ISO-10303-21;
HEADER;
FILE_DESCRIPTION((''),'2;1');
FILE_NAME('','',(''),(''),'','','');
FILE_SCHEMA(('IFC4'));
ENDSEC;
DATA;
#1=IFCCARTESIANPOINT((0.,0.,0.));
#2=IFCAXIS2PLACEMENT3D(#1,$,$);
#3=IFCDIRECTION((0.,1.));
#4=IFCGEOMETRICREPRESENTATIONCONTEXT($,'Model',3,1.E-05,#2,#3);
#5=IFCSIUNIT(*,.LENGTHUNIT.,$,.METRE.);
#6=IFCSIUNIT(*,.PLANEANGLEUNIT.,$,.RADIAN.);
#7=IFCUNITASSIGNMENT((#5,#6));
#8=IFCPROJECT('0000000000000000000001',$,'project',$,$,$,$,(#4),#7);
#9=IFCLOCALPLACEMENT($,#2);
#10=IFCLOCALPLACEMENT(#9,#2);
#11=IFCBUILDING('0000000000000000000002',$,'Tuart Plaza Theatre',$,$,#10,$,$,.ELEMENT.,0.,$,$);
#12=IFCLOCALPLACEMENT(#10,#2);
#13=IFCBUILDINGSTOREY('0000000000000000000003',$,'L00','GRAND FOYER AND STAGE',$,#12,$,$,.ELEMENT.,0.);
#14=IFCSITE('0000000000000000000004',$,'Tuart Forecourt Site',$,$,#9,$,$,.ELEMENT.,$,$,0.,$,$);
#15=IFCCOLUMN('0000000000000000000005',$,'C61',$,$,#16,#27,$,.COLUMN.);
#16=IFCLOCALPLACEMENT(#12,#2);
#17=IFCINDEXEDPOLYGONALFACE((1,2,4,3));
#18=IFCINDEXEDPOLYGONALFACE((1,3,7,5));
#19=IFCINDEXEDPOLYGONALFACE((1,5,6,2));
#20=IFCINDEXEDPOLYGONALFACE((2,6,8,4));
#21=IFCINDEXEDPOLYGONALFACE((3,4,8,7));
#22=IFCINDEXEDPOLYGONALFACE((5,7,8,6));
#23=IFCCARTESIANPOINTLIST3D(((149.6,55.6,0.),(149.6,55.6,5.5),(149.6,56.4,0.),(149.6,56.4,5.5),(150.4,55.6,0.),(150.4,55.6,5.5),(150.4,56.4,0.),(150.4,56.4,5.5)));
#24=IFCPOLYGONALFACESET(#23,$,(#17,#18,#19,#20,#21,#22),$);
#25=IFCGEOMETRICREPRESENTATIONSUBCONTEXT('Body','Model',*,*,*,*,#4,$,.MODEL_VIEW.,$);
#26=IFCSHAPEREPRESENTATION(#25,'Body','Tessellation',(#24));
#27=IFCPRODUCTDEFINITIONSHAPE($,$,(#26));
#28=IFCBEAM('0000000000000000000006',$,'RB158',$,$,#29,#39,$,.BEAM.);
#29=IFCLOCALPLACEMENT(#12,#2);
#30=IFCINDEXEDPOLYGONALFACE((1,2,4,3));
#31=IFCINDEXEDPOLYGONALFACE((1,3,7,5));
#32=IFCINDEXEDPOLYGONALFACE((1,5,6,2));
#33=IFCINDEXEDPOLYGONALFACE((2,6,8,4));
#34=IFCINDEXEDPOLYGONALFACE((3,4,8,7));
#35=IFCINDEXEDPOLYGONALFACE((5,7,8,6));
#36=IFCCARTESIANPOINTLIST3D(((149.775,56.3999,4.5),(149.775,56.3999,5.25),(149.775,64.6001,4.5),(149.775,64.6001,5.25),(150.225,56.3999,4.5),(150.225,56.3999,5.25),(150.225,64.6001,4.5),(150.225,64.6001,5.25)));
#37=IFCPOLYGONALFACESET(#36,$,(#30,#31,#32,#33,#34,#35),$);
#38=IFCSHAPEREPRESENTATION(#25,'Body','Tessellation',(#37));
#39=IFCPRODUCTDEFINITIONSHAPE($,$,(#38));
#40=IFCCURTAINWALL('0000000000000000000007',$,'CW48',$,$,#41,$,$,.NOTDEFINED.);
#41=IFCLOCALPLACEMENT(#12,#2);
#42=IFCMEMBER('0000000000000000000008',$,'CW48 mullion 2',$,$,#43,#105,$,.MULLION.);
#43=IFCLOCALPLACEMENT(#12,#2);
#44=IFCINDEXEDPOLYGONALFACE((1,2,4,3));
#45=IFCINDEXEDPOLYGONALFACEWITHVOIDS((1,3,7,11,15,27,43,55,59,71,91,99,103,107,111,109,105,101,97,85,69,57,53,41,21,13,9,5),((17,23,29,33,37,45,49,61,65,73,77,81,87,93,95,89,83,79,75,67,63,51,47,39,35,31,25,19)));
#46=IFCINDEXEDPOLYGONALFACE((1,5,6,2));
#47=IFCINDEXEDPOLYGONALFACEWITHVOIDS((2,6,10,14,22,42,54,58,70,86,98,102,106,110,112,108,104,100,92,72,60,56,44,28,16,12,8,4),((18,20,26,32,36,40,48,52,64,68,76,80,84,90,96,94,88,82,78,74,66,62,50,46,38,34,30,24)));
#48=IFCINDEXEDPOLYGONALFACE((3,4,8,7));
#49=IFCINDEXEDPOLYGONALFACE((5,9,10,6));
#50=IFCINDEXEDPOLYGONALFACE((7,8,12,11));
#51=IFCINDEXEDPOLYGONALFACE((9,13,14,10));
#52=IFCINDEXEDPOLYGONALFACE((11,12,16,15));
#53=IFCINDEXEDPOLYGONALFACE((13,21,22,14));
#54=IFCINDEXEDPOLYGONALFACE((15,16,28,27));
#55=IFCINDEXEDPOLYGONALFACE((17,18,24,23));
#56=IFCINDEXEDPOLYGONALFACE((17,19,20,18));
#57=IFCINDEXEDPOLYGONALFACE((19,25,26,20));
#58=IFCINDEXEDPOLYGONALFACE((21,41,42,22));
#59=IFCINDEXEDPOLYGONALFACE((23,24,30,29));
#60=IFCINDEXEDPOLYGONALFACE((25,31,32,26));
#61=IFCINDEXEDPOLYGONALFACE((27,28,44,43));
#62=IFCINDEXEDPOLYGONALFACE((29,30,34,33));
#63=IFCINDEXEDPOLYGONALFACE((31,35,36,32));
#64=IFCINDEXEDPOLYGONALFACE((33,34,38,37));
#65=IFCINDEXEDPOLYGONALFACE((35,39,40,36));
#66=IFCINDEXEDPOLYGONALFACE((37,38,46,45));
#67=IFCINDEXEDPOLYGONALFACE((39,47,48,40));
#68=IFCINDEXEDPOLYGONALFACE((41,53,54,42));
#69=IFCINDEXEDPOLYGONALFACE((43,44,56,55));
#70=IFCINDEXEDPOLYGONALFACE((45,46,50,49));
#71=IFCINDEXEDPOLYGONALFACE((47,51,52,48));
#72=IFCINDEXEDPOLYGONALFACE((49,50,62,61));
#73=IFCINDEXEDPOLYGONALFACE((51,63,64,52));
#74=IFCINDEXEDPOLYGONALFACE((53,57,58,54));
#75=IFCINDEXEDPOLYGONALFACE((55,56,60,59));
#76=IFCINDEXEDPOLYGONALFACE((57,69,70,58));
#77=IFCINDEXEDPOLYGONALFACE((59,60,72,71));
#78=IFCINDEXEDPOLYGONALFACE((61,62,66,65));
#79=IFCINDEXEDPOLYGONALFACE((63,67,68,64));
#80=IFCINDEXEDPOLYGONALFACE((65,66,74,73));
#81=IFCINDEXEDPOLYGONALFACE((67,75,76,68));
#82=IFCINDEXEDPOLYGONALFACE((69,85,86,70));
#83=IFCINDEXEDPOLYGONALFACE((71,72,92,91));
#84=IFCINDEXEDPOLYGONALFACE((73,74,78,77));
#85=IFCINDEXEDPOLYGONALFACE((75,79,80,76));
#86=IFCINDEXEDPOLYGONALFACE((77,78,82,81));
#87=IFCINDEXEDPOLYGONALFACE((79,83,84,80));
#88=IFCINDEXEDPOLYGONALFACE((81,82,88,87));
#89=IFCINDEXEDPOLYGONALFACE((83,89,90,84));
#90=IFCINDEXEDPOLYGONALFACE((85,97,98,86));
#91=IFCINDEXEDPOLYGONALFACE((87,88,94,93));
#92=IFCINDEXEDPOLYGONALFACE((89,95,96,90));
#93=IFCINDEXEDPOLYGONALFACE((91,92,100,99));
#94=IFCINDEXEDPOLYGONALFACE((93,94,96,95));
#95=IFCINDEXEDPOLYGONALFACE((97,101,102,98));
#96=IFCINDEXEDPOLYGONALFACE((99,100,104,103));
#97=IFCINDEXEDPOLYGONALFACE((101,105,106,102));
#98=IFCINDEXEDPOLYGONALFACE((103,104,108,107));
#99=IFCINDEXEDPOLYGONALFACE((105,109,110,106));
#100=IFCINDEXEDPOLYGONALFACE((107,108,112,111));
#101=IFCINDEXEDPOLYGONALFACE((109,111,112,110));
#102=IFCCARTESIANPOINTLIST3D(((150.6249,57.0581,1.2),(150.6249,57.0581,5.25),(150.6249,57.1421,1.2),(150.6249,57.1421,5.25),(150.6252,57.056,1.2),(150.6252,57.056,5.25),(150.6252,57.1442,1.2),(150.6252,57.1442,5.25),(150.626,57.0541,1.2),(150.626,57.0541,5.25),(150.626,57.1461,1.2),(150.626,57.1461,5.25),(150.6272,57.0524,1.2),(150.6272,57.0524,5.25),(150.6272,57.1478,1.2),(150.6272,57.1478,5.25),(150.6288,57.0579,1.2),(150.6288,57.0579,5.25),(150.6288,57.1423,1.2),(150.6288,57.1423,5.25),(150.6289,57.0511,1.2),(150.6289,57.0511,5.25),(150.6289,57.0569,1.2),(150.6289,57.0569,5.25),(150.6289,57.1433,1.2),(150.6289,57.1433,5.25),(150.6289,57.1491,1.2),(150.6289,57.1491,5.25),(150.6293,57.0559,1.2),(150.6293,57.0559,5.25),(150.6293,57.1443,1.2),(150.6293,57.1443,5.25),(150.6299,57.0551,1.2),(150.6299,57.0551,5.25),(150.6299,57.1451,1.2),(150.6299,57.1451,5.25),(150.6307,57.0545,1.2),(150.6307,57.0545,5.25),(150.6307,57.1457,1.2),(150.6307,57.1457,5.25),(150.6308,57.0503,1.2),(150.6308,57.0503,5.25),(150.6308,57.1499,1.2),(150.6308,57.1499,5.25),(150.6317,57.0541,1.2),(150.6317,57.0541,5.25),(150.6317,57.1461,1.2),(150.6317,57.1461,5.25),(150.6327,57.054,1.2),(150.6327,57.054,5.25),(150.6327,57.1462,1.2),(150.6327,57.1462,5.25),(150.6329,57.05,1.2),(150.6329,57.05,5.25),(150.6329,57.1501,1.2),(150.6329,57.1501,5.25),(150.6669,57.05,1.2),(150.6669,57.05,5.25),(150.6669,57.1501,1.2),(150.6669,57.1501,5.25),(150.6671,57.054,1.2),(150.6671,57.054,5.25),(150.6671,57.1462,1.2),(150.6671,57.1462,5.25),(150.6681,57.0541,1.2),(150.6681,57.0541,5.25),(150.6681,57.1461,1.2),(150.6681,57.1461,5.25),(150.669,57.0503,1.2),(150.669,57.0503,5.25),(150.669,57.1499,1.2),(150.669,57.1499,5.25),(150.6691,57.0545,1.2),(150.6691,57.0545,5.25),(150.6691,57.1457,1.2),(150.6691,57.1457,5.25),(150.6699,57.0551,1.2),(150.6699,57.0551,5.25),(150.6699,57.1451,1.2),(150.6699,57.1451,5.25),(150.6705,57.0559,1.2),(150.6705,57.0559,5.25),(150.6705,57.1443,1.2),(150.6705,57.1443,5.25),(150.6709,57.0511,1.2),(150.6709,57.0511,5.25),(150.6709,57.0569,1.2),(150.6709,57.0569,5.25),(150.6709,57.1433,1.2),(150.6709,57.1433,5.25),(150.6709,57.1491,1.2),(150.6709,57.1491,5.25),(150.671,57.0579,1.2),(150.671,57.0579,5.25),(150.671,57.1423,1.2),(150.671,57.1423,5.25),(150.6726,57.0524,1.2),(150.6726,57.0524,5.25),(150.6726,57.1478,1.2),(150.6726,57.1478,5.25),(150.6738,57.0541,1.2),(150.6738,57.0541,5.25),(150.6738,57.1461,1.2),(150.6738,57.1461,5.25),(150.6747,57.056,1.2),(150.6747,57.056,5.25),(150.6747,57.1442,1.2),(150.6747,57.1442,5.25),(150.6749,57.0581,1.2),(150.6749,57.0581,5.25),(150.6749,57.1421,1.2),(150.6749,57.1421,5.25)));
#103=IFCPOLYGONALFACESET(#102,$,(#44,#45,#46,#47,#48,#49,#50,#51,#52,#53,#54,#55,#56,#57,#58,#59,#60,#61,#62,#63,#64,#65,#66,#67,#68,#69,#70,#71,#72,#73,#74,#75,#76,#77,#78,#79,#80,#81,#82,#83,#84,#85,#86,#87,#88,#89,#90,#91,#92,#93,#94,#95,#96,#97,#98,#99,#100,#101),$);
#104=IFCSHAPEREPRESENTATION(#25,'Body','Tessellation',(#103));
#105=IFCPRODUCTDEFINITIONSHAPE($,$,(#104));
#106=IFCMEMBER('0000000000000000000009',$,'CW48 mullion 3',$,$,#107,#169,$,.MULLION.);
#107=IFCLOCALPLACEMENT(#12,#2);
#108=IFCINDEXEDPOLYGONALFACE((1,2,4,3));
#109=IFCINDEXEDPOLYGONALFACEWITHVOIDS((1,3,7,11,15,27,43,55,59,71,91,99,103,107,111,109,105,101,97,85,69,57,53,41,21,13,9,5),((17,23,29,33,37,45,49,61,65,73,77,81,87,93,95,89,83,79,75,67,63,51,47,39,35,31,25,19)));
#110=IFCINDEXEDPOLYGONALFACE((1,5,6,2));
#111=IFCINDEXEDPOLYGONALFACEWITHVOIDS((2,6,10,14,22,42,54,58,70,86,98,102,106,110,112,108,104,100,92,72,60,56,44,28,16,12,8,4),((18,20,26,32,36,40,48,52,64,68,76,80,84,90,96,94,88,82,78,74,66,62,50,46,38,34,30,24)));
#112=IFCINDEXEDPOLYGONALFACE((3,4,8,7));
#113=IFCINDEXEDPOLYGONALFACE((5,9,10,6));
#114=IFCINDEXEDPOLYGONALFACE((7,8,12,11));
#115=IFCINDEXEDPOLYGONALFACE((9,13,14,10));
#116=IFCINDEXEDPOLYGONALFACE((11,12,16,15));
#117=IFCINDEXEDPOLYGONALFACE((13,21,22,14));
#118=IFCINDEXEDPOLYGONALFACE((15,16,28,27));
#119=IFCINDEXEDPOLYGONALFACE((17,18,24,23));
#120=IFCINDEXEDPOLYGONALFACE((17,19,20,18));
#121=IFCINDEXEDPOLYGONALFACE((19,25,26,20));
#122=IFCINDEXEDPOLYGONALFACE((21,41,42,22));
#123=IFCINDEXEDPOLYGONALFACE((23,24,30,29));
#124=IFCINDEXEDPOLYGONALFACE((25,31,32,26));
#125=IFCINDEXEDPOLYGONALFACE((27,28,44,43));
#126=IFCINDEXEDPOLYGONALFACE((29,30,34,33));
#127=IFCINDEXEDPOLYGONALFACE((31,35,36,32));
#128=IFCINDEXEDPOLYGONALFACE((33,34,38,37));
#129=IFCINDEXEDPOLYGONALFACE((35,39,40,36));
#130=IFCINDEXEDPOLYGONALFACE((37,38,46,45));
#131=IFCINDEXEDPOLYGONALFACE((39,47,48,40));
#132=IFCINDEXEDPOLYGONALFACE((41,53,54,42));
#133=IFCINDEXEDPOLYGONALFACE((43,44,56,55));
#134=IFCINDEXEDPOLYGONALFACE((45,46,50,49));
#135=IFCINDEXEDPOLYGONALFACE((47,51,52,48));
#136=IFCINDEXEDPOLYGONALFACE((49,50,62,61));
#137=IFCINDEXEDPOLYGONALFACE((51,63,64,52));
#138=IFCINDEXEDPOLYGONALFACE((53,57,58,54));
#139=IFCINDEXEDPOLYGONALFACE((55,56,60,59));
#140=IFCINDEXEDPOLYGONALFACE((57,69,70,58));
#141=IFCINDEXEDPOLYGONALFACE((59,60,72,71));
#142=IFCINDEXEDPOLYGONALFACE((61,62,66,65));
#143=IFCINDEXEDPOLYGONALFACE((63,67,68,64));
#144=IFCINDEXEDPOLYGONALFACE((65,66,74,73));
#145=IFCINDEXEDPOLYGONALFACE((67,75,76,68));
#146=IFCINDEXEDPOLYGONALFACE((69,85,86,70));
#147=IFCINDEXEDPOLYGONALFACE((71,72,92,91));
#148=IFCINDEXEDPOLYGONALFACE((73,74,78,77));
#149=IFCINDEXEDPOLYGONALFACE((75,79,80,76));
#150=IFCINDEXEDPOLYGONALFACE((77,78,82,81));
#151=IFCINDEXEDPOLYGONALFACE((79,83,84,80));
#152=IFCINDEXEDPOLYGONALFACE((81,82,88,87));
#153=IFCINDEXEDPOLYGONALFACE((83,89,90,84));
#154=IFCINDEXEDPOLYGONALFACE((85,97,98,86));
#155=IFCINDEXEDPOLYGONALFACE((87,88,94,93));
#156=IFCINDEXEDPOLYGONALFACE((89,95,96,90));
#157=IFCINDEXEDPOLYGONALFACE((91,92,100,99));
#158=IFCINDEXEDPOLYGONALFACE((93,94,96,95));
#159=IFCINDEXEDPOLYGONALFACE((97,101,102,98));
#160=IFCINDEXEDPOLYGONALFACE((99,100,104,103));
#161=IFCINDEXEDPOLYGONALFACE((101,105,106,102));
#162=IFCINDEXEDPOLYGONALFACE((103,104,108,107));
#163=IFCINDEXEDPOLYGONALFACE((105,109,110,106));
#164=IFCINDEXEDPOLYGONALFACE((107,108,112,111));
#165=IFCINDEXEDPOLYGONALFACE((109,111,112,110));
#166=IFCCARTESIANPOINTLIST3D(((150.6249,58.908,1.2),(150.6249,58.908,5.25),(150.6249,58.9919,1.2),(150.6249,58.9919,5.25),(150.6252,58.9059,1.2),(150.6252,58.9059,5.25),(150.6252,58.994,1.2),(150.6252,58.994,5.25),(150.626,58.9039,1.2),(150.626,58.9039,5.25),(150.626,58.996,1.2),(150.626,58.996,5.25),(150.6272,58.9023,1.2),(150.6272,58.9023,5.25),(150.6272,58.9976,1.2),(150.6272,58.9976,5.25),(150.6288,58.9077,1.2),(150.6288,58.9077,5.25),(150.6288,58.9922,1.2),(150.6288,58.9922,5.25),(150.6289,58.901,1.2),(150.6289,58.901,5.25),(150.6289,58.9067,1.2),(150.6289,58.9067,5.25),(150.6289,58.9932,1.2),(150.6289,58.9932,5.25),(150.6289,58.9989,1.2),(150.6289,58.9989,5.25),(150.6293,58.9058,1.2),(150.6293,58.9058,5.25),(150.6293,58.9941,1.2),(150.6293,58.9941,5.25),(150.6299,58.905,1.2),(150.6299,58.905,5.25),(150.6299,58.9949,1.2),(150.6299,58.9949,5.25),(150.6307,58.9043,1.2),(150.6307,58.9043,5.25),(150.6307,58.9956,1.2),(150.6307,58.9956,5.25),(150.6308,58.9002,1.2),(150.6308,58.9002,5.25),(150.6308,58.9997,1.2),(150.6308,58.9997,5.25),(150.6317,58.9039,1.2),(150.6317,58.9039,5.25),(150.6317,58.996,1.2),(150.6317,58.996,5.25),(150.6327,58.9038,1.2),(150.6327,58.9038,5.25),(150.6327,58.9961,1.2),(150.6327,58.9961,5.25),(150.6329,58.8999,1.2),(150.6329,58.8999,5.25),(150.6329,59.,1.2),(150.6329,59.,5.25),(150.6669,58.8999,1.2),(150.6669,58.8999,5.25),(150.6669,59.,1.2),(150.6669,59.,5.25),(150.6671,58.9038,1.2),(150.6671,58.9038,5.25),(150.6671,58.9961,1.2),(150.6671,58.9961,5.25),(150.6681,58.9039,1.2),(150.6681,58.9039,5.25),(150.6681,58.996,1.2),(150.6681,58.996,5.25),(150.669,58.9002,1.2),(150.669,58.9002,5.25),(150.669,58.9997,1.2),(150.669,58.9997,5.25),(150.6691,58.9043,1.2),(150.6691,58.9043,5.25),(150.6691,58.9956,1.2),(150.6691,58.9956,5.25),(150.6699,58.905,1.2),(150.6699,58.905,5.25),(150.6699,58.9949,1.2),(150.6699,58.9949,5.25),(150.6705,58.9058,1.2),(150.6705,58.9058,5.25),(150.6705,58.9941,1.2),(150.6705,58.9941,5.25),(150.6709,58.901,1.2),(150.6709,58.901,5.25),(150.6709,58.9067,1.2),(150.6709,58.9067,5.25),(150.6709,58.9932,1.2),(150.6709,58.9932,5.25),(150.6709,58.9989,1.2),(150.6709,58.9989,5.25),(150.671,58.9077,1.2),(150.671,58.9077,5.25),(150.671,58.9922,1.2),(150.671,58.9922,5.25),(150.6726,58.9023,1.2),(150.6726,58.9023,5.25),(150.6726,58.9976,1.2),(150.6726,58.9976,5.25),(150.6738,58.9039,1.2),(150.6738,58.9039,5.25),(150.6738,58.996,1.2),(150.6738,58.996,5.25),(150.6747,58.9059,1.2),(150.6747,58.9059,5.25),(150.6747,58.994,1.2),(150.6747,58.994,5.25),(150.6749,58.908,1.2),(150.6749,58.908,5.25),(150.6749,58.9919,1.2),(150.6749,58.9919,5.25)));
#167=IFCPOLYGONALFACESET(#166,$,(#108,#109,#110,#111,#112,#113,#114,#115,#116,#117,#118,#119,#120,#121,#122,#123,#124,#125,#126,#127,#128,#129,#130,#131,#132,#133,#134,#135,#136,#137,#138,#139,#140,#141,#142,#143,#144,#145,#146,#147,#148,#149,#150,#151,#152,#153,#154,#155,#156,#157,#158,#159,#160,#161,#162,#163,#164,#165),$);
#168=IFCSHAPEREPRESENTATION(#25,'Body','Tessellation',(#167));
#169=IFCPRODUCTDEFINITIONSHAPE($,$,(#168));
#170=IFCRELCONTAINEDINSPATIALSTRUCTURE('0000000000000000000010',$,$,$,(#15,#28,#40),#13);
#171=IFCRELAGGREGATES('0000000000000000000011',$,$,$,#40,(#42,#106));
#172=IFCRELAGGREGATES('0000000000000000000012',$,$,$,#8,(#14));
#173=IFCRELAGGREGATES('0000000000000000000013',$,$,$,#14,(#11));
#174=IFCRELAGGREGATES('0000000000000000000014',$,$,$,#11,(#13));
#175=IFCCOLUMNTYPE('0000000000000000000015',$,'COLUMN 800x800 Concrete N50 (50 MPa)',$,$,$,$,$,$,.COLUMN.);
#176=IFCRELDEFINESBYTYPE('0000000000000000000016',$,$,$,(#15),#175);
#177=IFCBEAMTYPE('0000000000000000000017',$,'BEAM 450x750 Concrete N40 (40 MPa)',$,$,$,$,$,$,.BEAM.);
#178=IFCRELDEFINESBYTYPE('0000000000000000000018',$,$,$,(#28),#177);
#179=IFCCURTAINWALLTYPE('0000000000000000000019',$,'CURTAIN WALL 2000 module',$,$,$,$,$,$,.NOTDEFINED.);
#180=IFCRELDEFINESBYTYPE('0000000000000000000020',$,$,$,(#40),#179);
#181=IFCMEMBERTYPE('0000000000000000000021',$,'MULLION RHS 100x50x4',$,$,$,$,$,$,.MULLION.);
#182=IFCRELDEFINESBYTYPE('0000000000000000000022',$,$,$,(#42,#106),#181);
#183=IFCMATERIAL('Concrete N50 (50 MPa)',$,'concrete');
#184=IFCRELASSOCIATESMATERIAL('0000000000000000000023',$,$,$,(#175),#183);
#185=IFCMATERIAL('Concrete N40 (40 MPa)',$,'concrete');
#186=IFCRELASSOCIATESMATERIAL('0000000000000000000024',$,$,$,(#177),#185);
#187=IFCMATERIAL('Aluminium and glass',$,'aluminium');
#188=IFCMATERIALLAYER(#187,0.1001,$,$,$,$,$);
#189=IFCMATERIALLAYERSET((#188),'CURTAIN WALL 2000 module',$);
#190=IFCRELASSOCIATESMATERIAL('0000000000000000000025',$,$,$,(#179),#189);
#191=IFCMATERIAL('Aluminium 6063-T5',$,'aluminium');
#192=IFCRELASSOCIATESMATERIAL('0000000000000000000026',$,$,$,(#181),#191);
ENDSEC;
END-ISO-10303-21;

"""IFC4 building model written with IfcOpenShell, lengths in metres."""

from ifc_helpers import new_model, si_unit, direction, frame, origin, origin_2d, place, context, subcontext, project, spatial, rectangle, hollow_rectangle, extrude, material, layer, layer_set, material_profile, profile_set, type_object, element, aggregate, save


model = new_model("IFC4")

# Units and contexts
model_context = context("Model", 3, precision=1e-05, world=origin(), true_north=direction((0.0, 1.0)))
body_context = subcontext(model_context, "Body", "Model", "MODEL_VIEW")
ifc_project = project(units=[si_unit("LENGTHUNIT", "METRE"), si_unit("PLANEANGLEUNIT", "RADIAN")], contexts=[model_context])

# Site, building, storey
site_placement = place(None, origin())
site = spatial("IfcSite", under=ifc_project, at=site_placement, Name="Tuart Forecourt Site", CompositionType="ELEMENT", RefElevation=0.0)
building_placement = place(site_placement, origin())
building = spatial("IfcBuilding", under=site, at=building_placement, Name="Tuart Plaza Theatre", CompositionType="ELEMENT", ElevationOfRefHeight=0.0)
storey_placement = place(building_placement, origin())
storey = spatial("IfcBuildingStorey", under=building, at=storey_placement, Name="L00", Description="GRAND FOYER AND STAGE", CompositionType="ELEMENT", Elevation=0.0)

# Column
ifc_material_1 = material(Name="Concrete N50 (50 MPa)", Category="concrete")
ifc_material_profile_1 = material_profile(ifc_material_1, rectangle(XDim=0.8, YDim=0.8, at=origin_2d()), Name="COLUMN 800x800 Concrete N50 (50 MPa)")
ifc_profile_set_1 = profile_set([ifc_material_profile_1], Name="Concrete N50 (50 MPa)")
column_type = type_object("IfcColumnType", Name="COLUMN 800x800 Concrete N50 (50 MPa)", PredefinedType="COLUMN", material=ifc_profile_set_1)
column_placement = place(storey_placement, frame((150.0, 56.0, 0.0), z_axis=(0.0, 0.0, 1.0), x_axis=(1.0, 0.0, 0.0)))
element("IfcColumn", 1, at=column_placement, inside=storey, type_object=column_type, Name="C61", PredefinedType="COLUMN", context=body_context, shape_type="SweptSolid", body=[
    extrude(rectangle(XDim=0.8, YDim=0.8, at=origin_2d()), origin(), (0.0, 0.0, 1.0), 5.5),
])

# Beam
ifc_material_2 = material(Name="Concrete N40 (40 MPa)", Category="concrete")
ifc_material_profile_2 = material_profile(ifc_material_2, rectangle(XDim=0.45, YDim=0.75, at=origin_2d()), Name="BEAM 450x750 Concrete N40 (40 MPa)")
ifc_profile_set_2 = profile_set([ifc_material_profile_2], Name="Concrete N40 (40 MPa)")
beam_type = type_object("IfcBeamType", Name="BEAM 450x750 Concrete N40 (40 MPa)", PredefinedType="BEAM", material=ifc_profile_set_2)
beam_placement = place(storey_placement, frame((150.0, 56.3999, 4.875), z_axis=(0.0, 1.0, 0.0), x_axis=(-1.0, 0.0, 0.0)))
element("IfcBeam", 2, at=beam_placement, inside=storey, type_object=beam_type, Name="RB158", PredefinedType="BEAM", context=body_context, shape_type="SweptSolid", body=[
    extrude(rectangle(XDim=0.45, YDim=0.75, at=origin_2d()), origin(), (0.0, 0.0, 1.0), 8.2002),
])

# Curtain wall, members
ifc_material_3 = material(Name="Aluminium and glass", Category="aluminium")
ifc_layer_1 = layer(ifc_material_3, 0.1001)
ifc_layer_set_1 = layer_set([ifc_layer_1], Name="CURTAIN WALL 2000 module")
curtain_wall_type_1 = type_object("IfcCurtainWallType", Name="CURTAIN WALL 2000 module", PredefinedType="NOTDEFINED", material=ifc_layer_set_1)
curtain_wall_1_placement = place(storey_placement, origin())
curtain_wall_1 = element("IfcCurtainWall", 3, at=curtain_wall_1_placement, inside=storey, type_object=curtain_wall_type_1, Name="CW48", PredefinedType="NOTDEFINED")
ifc_material_4 = material(Name="Aluminium 6063-T5", Category="aluminium")
ifc_material_profile_3 = material_profile(ifc_material_4, hollow_rectangle(XDim=0.05, YDim=0.1001, WallThickness=0.0039, InnerFilletRadius=0.0039, OuterFilletRadius=0.0081, at=origin_2d()), Name="RHS 100x50x4")
ifc_profile_set_3 = profile_set([ifc_material_profile_3], Name="Aluminium 6063-T5")
member_type_1 = type_object("IfcMemberType", Name="MULLION RHS 100x50x4", PredefinedType="MULLION", material=ifc_profile_set_3)
member_1_placement = place(storey_placement, frame((150.6499, 57.1001, 1.2), z_axis=(0.0, 0.0, 1.0), x_axis=(-1.0, 0.0, 0.0)))
member_1 = element("IfcMember", 4, at=member_1_placement, type_object=member_type_1, Name="CW48 mullion 2", PredefinedType="MULLION", context=body_context, shape_type="SweptSolid", body=[
    extrude(hollow_rectangle(XDim=0.05, YDim=0.1001, WallThickness=0.0039, InnerFilletRadius=0.0039, OuterFilletRadius=0.0081, at=origin_2d()), origin(), (0.0, 0.0, 1.0), 4.05),
])
member_2_placement = place(storey_placement, frame((150.6499, 58.95, 1.2), z_axis=(0.0, 0.0, 1.0), x_axis=(-1.0, 0.0, 0.0)))
member_2 = element("IfcMember", 5, at=member_2_placement, type_object=member_type_1, Name="CW48 mullion 3", PredefinedType="MULLION", context=body_context, shape_type="SweptSolid", body=[
    extrude(hollow_rectangle(XDim=0.05, YDim=0.1001, WallThickness=0.0039, InnerFilletRadius=0.0039, OuterFilletRadius=0.0081, at=origin_2d()), origin(), (0.0, 0.0, 1.0), 4.05),
])

aggregate(curtain_wall_1, [member_1, member_2])

save(model, "model.ifc")
